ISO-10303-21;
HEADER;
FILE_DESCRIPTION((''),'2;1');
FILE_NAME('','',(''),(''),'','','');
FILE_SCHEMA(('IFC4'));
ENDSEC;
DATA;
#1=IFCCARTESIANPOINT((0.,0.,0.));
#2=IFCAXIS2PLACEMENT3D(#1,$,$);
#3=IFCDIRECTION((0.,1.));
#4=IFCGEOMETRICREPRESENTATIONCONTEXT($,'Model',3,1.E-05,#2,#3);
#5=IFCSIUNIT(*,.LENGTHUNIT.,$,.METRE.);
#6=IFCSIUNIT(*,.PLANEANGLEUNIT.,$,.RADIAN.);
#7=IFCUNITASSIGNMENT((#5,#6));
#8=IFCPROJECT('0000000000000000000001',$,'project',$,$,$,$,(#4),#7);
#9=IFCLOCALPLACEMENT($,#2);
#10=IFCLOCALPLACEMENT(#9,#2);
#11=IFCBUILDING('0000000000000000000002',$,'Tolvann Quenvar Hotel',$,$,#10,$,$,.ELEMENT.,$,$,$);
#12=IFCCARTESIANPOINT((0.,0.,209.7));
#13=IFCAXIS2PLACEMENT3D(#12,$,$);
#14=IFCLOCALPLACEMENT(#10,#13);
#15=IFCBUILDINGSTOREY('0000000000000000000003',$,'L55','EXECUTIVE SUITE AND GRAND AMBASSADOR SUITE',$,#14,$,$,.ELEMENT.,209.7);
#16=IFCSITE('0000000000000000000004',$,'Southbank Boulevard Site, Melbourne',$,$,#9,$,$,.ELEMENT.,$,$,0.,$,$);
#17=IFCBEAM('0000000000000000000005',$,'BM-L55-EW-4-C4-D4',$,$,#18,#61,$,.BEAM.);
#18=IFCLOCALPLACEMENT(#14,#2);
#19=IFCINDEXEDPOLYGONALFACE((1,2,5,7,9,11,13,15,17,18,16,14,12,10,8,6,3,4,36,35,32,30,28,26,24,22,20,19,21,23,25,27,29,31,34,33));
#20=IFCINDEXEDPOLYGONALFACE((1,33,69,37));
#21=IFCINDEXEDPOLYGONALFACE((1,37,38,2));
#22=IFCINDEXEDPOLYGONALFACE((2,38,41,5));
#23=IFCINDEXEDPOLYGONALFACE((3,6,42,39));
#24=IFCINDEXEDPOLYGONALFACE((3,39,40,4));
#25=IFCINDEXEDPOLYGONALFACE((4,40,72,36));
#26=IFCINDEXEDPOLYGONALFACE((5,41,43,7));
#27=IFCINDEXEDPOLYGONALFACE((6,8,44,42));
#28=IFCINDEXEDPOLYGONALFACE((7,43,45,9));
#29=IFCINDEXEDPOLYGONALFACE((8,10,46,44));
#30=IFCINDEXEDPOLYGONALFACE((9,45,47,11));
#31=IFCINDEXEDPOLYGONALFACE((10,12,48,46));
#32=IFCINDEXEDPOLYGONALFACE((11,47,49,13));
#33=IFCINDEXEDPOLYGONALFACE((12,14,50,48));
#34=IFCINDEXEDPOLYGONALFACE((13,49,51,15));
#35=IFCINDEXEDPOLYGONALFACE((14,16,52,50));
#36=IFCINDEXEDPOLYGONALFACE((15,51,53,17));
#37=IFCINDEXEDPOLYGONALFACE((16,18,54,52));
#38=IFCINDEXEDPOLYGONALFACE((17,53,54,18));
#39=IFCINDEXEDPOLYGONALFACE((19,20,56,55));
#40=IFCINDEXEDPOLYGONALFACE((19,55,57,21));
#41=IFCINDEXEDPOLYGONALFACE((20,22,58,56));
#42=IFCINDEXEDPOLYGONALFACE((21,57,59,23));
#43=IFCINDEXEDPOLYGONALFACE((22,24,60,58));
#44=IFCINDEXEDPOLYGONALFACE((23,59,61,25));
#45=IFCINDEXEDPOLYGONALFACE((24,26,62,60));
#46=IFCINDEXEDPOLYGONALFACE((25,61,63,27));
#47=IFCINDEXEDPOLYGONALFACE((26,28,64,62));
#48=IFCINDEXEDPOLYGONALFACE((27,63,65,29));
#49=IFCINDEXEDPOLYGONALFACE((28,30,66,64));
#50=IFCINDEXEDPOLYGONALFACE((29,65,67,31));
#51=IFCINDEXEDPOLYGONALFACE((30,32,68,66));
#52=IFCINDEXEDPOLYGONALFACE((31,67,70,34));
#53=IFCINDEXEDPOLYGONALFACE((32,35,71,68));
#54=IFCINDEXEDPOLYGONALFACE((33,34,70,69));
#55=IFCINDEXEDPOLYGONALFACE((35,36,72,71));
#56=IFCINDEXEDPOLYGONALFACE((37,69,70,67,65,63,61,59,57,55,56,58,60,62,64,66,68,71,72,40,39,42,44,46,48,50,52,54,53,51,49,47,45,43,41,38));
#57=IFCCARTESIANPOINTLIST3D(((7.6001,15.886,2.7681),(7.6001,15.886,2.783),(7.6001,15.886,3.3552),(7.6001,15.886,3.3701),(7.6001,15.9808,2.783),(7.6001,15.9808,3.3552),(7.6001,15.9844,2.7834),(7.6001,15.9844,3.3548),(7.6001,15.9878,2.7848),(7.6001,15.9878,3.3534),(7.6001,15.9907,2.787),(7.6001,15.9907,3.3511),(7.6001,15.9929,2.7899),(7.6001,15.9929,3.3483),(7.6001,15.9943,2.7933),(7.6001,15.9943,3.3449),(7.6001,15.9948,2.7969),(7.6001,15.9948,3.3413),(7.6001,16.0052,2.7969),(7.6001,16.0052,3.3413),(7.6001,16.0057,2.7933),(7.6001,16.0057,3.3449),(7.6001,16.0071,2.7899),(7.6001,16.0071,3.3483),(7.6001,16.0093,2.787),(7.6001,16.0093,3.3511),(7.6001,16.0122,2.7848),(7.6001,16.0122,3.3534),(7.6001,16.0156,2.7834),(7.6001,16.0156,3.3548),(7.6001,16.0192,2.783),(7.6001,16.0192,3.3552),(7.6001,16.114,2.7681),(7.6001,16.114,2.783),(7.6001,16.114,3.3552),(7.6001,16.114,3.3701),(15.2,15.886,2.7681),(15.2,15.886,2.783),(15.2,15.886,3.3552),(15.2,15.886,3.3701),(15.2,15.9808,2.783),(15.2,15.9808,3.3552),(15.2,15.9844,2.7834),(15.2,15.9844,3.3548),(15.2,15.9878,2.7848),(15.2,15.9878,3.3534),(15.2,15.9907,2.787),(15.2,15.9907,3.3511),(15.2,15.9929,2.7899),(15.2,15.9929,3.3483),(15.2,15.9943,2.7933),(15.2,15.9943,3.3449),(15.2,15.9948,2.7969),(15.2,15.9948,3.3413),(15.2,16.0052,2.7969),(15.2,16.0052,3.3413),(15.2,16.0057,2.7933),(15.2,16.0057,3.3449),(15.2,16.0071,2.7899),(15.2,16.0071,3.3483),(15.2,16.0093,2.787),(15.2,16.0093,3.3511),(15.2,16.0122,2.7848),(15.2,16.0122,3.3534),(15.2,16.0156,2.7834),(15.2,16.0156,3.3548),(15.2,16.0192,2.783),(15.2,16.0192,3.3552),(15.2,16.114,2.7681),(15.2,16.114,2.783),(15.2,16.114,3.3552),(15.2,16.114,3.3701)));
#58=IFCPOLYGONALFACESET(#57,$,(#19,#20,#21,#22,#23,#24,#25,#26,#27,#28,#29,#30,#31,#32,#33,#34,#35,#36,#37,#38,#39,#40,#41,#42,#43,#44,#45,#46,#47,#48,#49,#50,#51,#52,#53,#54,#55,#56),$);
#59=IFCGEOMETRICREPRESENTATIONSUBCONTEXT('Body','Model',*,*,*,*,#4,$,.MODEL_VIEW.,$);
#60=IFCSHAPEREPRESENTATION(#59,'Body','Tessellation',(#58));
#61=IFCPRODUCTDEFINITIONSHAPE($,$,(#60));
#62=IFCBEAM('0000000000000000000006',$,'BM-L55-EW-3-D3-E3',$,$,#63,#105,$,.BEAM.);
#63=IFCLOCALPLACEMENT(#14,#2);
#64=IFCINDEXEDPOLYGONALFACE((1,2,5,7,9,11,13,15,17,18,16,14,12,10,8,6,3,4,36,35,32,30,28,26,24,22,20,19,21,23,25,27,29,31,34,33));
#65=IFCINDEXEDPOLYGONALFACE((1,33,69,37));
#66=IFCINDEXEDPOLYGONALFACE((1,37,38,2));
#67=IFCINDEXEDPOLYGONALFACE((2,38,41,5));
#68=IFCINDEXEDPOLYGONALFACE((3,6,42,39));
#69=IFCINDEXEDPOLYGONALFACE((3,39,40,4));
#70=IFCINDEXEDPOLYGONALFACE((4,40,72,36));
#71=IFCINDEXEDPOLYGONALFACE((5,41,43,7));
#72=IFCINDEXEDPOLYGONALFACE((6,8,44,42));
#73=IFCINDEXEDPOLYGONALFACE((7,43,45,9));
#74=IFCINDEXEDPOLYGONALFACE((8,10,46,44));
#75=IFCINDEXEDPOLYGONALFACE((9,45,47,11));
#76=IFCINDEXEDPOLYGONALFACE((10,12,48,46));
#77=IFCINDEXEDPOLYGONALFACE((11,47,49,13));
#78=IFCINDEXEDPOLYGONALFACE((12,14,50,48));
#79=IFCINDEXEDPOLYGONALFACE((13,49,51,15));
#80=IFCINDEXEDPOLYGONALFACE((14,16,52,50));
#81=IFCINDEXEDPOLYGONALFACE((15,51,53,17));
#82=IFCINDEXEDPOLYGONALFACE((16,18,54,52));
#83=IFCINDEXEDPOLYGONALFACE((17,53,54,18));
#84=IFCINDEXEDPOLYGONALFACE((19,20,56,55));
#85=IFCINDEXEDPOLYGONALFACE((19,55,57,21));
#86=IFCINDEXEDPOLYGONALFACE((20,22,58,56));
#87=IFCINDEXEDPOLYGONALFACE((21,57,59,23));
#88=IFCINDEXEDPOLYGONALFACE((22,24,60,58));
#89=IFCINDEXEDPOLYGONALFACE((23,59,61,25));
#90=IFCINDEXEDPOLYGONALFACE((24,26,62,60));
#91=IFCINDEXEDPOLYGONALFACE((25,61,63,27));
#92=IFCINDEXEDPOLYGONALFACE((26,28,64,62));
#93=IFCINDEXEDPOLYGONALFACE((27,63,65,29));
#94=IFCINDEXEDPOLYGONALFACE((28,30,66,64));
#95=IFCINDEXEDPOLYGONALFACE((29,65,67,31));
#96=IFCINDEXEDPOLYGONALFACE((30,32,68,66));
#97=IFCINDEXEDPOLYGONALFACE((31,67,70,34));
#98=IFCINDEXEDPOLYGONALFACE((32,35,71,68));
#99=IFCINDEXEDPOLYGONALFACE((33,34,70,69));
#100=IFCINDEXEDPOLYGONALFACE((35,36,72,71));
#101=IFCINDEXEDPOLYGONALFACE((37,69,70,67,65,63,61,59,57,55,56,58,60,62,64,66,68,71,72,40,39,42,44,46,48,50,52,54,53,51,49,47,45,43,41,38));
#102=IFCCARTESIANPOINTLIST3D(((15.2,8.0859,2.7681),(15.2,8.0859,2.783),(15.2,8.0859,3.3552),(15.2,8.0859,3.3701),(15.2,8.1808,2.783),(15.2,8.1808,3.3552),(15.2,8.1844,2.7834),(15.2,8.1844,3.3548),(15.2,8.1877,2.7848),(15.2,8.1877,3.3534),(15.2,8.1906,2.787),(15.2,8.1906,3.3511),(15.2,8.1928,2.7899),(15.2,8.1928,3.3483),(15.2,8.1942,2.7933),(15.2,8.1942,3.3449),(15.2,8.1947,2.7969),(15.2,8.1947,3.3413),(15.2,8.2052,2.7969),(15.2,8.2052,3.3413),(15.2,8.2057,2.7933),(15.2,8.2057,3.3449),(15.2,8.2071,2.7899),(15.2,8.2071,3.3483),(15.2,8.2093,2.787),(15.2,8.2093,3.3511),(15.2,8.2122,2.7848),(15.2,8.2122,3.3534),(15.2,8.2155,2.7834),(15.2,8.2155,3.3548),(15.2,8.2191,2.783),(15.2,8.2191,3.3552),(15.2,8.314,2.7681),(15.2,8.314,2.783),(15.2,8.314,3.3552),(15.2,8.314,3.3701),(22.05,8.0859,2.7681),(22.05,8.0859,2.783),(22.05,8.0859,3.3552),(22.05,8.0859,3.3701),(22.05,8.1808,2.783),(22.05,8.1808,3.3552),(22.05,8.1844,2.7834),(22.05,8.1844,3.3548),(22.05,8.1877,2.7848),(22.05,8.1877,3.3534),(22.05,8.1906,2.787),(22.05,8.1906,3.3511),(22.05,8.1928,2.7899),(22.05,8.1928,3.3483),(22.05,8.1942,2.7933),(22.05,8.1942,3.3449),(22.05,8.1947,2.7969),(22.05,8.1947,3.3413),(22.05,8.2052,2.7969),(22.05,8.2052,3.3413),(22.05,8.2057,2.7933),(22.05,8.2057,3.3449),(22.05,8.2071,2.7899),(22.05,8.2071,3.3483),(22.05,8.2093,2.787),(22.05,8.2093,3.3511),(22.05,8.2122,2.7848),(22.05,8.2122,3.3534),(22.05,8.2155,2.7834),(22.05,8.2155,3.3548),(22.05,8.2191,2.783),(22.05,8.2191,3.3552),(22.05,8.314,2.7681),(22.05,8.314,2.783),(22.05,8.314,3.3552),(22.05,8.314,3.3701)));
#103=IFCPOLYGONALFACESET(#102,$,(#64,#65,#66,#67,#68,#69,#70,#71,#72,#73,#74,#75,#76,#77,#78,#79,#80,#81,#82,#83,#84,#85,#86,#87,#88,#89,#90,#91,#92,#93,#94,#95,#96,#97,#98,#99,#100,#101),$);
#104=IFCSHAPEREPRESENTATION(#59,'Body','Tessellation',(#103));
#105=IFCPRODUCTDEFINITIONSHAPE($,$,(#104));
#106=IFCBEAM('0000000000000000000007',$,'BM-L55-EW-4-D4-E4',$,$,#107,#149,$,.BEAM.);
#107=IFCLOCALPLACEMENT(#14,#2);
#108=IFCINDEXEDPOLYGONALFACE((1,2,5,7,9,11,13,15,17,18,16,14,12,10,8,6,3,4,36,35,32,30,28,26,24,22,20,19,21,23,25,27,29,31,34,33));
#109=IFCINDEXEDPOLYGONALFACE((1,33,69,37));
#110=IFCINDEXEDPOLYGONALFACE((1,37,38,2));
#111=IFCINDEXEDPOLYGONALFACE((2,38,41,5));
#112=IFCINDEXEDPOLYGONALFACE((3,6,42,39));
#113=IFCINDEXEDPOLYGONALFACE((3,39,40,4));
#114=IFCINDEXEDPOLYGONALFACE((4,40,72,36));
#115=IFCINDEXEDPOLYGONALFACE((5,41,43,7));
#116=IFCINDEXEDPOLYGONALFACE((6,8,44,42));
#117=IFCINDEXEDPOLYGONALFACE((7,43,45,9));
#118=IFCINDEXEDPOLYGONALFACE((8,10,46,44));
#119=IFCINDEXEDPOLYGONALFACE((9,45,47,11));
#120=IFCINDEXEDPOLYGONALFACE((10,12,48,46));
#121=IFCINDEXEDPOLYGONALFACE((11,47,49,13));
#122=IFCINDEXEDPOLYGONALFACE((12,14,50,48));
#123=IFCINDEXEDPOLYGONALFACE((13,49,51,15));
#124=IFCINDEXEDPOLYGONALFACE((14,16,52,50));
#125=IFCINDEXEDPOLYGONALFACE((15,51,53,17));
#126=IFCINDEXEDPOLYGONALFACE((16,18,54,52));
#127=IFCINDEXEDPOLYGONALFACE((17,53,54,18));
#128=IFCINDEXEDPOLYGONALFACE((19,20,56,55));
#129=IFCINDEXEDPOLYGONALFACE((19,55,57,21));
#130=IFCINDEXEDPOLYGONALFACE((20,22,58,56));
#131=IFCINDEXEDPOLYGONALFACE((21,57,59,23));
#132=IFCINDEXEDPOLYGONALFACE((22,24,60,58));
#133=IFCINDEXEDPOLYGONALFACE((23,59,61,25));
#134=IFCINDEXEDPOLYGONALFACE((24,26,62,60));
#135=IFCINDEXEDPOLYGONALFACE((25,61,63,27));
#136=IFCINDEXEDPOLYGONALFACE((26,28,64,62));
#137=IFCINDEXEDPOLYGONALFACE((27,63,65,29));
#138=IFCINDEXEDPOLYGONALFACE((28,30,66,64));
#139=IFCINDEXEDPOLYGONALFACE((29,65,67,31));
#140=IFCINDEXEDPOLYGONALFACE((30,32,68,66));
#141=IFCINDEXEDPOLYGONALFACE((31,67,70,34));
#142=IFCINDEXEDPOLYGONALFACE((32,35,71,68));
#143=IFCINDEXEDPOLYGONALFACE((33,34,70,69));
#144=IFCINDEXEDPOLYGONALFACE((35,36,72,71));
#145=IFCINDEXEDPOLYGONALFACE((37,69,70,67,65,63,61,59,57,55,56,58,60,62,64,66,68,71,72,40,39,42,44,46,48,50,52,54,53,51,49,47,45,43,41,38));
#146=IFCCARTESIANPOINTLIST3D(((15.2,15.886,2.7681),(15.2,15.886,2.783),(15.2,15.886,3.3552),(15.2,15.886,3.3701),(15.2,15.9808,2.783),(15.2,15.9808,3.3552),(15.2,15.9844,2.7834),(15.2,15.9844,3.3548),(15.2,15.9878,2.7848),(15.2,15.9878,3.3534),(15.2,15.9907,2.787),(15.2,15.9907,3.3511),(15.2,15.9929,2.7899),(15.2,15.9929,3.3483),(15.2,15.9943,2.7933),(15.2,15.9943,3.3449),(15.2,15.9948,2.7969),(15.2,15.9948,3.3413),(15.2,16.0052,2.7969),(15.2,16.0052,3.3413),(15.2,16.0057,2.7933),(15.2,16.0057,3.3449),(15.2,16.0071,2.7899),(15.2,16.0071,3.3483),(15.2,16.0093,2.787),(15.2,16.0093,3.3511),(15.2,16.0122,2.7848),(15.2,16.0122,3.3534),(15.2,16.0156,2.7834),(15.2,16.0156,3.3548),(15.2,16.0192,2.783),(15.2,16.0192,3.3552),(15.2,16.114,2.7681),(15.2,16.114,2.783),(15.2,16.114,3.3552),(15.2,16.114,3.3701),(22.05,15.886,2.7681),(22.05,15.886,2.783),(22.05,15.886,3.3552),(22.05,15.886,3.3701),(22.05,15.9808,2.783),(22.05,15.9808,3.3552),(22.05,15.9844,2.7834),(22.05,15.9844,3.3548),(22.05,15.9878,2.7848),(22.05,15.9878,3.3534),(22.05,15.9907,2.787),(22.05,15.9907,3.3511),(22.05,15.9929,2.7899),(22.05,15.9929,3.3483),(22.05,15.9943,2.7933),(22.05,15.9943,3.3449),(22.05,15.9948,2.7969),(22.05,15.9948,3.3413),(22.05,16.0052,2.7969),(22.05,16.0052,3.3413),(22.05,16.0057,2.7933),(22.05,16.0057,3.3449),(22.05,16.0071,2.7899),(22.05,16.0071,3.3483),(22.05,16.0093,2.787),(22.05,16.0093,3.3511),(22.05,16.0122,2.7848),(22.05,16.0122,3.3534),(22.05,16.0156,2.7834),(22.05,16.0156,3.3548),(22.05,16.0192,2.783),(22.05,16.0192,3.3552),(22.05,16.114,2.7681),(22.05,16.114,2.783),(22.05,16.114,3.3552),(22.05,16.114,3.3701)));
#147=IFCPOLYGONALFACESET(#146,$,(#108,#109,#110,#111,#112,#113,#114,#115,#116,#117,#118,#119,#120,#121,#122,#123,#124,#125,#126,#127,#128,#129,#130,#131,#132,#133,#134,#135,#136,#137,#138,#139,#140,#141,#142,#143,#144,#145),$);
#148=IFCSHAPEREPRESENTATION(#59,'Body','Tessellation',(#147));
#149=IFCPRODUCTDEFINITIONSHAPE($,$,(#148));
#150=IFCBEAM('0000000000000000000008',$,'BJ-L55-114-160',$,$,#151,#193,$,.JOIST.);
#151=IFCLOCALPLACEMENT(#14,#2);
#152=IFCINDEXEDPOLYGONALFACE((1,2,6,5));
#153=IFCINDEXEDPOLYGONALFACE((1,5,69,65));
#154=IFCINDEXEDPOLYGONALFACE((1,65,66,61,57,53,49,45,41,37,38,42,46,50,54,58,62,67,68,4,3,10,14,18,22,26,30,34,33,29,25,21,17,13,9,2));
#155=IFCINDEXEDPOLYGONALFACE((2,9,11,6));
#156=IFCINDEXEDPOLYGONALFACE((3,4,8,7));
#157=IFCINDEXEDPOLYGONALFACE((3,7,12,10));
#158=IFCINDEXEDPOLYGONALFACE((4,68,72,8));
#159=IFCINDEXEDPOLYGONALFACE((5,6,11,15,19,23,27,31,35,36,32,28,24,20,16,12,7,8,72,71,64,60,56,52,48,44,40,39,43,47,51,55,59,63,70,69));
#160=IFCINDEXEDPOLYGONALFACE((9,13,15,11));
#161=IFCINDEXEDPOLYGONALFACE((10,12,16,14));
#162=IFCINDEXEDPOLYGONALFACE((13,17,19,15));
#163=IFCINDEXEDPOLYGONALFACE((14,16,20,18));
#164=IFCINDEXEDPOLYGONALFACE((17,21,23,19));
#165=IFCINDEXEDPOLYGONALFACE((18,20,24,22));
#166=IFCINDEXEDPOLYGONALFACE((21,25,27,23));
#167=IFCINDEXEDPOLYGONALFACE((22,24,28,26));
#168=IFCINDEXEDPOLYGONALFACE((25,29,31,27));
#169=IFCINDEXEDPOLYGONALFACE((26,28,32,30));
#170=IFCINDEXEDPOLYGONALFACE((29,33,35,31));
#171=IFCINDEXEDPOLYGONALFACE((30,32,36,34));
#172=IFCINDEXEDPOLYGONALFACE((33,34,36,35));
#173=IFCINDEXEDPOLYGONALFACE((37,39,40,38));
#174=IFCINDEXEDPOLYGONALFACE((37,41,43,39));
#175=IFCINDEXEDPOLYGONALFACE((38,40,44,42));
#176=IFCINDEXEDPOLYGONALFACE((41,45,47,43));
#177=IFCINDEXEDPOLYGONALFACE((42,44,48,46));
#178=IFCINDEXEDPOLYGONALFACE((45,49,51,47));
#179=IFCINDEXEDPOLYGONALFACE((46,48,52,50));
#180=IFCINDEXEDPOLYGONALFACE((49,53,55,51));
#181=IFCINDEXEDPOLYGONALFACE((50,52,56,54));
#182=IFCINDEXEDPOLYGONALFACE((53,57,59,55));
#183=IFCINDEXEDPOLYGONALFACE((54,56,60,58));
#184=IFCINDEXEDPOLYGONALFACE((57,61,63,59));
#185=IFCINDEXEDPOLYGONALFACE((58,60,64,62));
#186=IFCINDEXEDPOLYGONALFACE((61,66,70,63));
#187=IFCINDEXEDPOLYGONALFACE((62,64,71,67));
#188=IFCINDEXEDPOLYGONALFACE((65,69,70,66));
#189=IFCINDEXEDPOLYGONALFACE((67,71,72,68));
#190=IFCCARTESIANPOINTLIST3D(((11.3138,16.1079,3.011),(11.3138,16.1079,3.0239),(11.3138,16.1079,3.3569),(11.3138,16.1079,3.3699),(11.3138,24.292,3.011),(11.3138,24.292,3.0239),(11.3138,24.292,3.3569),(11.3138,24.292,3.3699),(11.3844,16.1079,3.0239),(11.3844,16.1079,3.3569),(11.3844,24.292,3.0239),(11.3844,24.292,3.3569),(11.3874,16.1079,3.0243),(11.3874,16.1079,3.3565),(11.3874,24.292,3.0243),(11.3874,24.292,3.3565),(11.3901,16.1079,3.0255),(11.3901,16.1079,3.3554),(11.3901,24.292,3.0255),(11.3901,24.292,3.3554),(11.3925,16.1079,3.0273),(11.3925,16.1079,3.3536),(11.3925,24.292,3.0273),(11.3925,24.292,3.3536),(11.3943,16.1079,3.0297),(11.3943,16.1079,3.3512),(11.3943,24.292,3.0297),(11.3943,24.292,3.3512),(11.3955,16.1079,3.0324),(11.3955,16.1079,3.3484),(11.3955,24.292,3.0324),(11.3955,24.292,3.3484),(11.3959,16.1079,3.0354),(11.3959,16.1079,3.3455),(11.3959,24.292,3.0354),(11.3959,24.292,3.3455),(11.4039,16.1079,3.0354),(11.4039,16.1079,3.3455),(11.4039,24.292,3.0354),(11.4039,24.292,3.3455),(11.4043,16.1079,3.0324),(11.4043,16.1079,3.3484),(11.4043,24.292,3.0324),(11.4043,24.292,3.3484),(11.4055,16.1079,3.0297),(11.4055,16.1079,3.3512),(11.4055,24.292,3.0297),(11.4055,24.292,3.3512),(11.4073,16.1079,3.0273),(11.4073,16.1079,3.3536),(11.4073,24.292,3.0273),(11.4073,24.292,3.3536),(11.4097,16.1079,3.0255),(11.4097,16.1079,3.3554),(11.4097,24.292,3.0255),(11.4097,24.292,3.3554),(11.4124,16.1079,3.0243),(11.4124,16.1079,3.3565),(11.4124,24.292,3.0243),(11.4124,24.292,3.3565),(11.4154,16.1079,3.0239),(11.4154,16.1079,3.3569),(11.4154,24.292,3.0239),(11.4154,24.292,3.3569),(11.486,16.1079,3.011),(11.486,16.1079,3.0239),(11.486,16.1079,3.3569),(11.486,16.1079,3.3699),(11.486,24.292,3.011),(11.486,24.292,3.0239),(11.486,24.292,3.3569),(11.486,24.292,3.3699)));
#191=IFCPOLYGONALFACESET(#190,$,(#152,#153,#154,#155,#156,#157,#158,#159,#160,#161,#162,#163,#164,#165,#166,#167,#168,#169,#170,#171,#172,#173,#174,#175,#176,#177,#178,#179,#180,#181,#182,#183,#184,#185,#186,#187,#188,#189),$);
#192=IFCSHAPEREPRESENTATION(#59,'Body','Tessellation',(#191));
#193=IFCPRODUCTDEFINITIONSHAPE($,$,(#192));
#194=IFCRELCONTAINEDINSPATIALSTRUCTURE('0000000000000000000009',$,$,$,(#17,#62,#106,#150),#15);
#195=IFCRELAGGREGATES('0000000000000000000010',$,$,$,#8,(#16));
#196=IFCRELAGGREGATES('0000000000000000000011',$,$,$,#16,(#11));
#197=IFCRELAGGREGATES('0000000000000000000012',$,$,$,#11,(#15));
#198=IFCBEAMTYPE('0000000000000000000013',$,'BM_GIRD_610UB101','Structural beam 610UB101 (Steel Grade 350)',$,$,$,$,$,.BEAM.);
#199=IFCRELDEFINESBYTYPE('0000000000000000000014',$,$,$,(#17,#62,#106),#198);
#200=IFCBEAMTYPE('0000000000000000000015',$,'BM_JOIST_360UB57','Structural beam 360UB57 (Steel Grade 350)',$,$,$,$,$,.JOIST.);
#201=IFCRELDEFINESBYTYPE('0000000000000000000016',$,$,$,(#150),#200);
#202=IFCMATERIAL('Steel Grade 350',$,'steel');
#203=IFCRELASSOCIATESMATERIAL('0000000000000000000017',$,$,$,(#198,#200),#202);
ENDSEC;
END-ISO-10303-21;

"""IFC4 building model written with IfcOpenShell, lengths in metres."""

from ifc_helpers import new_model, si_unit, direction, frame, origin, origin_2d, place, context, subcontext, project, spatial, i_section, extrude, source, transform, mapped, material, material_profile, profile_set, type_object, type_shapes, element, save


model = new_model("IFC4")

# Units and contexts
model_context = context("Model", 3, precision=1e-05, world=origin(), true_north=direction((0.0, 1.0)))
body_context = subcontext(model_context, "Body", "Model", "MODEL_VIEW")
ifc_project = project(units=[si_unit("LENGTHUNIT", "METRE"), si_unit("PLANEANGLEUNIT", "RADIAN")], contexts=[model_context])

# Site, building, storey
site_placement = place(None, origin())
site = spatial("IfcSite", under=ifc_project, at=site_placement, Name="Southbank Boulevard Site, Melbourne", CompositionType="ELEMENT", RefElevation=0.0)
building_placement = place(site_placement, origin())
building = spatial("IfcBuilding", under=site, at=building_placement, Name="Tolvann Quenvar Hotel", CompositionType="ELEMENT")
storey_placement = place(building_placement, frame((0.0, 0.0, 209.7)))
storey = spatial("IfcBuildingStorey", under=building, at=storey_placement, Name="L55", Description="EXECUTIVE SUITE AND GRAND AMBASSADOR SUITE", CompositionType="ELEMENT", Elevation=209.7)

# Shared definitions
ifc_material_1 = material(Name="Steel Grade 350", Category="steel")

# Beams
ifc_material_profile_1 = material_profile(ifc_material_1, i_section(OverallWidth=0.228, OverallDepth=0.6021, WebThickness=0.0105, FlangeThickness=0.0149, FilletRadius=0.0139, at=origin_2d()), Name="610UB101")
ifc_profile_set_1 = profile_set([ifc_material_profile_1], Name="Steel Grade 350")
beam_type_1 = type_object("IfcBeamType", Name="BM_GIRD_610UB101", Description="Structural beam 610UB101 (Steel Grade 350)", PredefinedType="BEAM", material=ifc_profile_set_1)
shared_shape_1 = source(origin(), body_context, "Body", "SweptSolid", [
    extrude(i_section(OverallWidth=0.228, OverallDepth=0.6021, WebThickness=0.0105, FlangeThickness=0.0149, FilletRadius=0.0139, at=origin_2d()), origin(), (0.0, 0.0, 1.0), 7.5999),
])
beam_1_placement = place(storey_placement, frame((7.6001, 16.0, 3.0691), z_axis=(1.0, 0.0, 0.0), x_axis=(0.0, 1.0, 0.0)))
element("IfcBeam", 1, at=beam_1_placement, inside=storey, type_object=beam_type_1, Name="BM-L55-EW-4-C4-D4", PredefinedType="BEAM", context=body_context, shape_type="MappedRepresentation", body=[
    mapped(shared_shape_1, transform((0.0, 0.0, 0.0), x_axis=(1.0, 0.0, 0.0), y_axis=(0.0, 1.0, 0.0), z_axis=(0.0, 0.0, 1.0), scale=1.0)),
])
shared_shape_2 = source(origin(), body_context, "Body", "SweptSolid", [
    extrude(i_section(OverallWidth=0.228, OverallDepth=0.6021, WebThickness=0.0105, FlangeThickness=0.0149, FilletRadius=0.0139, at=origin_2d()), origin(), (0.0, 0.0, 1.0), 6.8501),
])
for number, where, z_axis, x_axis, name in (
    (2, (15.2, 8.2, 3.0691), (1.0, 0.0, 0.0), (0.0, 1.0, 0.0), "BM-L55-EW-3-D3-E3"),
    (3, (15.2, 16.0, 3.0691), (1.0, 0.0, 0.0), (0.0, 1.0, 0.0), "BM-L55-EW-4-D4-E4"),
):
    element("IfcBeam", number, at=place(storey_placement, frame(where, z_axis=z_axis, x_axis=x_axis)), inside=storey, type_object=beam_type_1, Name=name, PredefinedType="BEAM", context=body_context, shape_type="MappedRepresentation", body=[
        mapped(shared_shape_2, transform((0.0, 0.0, 0.0), x_axis=(1.0, 0.0, 0.0), y_axis=(0.0, 1.0, 0.0), z_axis=(0.0, 0.0, 1.0), scale=1.0)),
    ])
ifc_material_profile_2 = material_profile(ifc_material_1, i_section(OverallWidth=0.1721, OverallDepth=0.3589, WebThickness=0.0081, FlangeThickness=0.0129, FilletRadius=0.0115, at=origin_2d()), Name="360UB57")
ifc_profile_set_2 = profile_set([ifc_material_profile_2], Name="Steel Grade 350")
beam_type_2 = type_object("IfcBeamType", Name="BM_JOIST_360UB57", Description="Structural beam 360UB57 (Steel Grade 350)", PredefinedType="JOIST", material=ifc_profile_set_2)
shared_shape_3 = source(origin(), body_context, "Body", "SweptSolid", [
    extrude(i_section(OverallWidth=0.1721, OverallDepth=0.3589, WebThickness=0.0081, FlangeThickness=0.0129, FilletRadius=0.0115, at=origin_2d()), origin(), (0.0, 0.0, 1.0), 8.1841),
])
type_shapes(beam_type_2, [shared_shape_3])
beam_2_placement = place(storey_placement, frame((11.3999, 16.1079, 3.1904), z_axis=(0.0, 1.0, 0.0), x_axis=(-1.0, 0.0, 0.0)))
element("IfcBeam", 4, at=beam_2_placement, inside=storey, type_object=beam_type_2, Name="BJ-L55-114-160", PredefinedType="JOIST", context=body_context, shape_type="MappedRepresentation", body=[
    mapped(shared_shape_3, transform((0.0, 0.0, 0.0), x_axis=(1.0, 0.0, 0.0), y_axis=(0.0, 1.0, 0.0), z_axis=(0.0, 0.0, 1.0), scale=1.0)),
])

save(model, "model.ifc")
